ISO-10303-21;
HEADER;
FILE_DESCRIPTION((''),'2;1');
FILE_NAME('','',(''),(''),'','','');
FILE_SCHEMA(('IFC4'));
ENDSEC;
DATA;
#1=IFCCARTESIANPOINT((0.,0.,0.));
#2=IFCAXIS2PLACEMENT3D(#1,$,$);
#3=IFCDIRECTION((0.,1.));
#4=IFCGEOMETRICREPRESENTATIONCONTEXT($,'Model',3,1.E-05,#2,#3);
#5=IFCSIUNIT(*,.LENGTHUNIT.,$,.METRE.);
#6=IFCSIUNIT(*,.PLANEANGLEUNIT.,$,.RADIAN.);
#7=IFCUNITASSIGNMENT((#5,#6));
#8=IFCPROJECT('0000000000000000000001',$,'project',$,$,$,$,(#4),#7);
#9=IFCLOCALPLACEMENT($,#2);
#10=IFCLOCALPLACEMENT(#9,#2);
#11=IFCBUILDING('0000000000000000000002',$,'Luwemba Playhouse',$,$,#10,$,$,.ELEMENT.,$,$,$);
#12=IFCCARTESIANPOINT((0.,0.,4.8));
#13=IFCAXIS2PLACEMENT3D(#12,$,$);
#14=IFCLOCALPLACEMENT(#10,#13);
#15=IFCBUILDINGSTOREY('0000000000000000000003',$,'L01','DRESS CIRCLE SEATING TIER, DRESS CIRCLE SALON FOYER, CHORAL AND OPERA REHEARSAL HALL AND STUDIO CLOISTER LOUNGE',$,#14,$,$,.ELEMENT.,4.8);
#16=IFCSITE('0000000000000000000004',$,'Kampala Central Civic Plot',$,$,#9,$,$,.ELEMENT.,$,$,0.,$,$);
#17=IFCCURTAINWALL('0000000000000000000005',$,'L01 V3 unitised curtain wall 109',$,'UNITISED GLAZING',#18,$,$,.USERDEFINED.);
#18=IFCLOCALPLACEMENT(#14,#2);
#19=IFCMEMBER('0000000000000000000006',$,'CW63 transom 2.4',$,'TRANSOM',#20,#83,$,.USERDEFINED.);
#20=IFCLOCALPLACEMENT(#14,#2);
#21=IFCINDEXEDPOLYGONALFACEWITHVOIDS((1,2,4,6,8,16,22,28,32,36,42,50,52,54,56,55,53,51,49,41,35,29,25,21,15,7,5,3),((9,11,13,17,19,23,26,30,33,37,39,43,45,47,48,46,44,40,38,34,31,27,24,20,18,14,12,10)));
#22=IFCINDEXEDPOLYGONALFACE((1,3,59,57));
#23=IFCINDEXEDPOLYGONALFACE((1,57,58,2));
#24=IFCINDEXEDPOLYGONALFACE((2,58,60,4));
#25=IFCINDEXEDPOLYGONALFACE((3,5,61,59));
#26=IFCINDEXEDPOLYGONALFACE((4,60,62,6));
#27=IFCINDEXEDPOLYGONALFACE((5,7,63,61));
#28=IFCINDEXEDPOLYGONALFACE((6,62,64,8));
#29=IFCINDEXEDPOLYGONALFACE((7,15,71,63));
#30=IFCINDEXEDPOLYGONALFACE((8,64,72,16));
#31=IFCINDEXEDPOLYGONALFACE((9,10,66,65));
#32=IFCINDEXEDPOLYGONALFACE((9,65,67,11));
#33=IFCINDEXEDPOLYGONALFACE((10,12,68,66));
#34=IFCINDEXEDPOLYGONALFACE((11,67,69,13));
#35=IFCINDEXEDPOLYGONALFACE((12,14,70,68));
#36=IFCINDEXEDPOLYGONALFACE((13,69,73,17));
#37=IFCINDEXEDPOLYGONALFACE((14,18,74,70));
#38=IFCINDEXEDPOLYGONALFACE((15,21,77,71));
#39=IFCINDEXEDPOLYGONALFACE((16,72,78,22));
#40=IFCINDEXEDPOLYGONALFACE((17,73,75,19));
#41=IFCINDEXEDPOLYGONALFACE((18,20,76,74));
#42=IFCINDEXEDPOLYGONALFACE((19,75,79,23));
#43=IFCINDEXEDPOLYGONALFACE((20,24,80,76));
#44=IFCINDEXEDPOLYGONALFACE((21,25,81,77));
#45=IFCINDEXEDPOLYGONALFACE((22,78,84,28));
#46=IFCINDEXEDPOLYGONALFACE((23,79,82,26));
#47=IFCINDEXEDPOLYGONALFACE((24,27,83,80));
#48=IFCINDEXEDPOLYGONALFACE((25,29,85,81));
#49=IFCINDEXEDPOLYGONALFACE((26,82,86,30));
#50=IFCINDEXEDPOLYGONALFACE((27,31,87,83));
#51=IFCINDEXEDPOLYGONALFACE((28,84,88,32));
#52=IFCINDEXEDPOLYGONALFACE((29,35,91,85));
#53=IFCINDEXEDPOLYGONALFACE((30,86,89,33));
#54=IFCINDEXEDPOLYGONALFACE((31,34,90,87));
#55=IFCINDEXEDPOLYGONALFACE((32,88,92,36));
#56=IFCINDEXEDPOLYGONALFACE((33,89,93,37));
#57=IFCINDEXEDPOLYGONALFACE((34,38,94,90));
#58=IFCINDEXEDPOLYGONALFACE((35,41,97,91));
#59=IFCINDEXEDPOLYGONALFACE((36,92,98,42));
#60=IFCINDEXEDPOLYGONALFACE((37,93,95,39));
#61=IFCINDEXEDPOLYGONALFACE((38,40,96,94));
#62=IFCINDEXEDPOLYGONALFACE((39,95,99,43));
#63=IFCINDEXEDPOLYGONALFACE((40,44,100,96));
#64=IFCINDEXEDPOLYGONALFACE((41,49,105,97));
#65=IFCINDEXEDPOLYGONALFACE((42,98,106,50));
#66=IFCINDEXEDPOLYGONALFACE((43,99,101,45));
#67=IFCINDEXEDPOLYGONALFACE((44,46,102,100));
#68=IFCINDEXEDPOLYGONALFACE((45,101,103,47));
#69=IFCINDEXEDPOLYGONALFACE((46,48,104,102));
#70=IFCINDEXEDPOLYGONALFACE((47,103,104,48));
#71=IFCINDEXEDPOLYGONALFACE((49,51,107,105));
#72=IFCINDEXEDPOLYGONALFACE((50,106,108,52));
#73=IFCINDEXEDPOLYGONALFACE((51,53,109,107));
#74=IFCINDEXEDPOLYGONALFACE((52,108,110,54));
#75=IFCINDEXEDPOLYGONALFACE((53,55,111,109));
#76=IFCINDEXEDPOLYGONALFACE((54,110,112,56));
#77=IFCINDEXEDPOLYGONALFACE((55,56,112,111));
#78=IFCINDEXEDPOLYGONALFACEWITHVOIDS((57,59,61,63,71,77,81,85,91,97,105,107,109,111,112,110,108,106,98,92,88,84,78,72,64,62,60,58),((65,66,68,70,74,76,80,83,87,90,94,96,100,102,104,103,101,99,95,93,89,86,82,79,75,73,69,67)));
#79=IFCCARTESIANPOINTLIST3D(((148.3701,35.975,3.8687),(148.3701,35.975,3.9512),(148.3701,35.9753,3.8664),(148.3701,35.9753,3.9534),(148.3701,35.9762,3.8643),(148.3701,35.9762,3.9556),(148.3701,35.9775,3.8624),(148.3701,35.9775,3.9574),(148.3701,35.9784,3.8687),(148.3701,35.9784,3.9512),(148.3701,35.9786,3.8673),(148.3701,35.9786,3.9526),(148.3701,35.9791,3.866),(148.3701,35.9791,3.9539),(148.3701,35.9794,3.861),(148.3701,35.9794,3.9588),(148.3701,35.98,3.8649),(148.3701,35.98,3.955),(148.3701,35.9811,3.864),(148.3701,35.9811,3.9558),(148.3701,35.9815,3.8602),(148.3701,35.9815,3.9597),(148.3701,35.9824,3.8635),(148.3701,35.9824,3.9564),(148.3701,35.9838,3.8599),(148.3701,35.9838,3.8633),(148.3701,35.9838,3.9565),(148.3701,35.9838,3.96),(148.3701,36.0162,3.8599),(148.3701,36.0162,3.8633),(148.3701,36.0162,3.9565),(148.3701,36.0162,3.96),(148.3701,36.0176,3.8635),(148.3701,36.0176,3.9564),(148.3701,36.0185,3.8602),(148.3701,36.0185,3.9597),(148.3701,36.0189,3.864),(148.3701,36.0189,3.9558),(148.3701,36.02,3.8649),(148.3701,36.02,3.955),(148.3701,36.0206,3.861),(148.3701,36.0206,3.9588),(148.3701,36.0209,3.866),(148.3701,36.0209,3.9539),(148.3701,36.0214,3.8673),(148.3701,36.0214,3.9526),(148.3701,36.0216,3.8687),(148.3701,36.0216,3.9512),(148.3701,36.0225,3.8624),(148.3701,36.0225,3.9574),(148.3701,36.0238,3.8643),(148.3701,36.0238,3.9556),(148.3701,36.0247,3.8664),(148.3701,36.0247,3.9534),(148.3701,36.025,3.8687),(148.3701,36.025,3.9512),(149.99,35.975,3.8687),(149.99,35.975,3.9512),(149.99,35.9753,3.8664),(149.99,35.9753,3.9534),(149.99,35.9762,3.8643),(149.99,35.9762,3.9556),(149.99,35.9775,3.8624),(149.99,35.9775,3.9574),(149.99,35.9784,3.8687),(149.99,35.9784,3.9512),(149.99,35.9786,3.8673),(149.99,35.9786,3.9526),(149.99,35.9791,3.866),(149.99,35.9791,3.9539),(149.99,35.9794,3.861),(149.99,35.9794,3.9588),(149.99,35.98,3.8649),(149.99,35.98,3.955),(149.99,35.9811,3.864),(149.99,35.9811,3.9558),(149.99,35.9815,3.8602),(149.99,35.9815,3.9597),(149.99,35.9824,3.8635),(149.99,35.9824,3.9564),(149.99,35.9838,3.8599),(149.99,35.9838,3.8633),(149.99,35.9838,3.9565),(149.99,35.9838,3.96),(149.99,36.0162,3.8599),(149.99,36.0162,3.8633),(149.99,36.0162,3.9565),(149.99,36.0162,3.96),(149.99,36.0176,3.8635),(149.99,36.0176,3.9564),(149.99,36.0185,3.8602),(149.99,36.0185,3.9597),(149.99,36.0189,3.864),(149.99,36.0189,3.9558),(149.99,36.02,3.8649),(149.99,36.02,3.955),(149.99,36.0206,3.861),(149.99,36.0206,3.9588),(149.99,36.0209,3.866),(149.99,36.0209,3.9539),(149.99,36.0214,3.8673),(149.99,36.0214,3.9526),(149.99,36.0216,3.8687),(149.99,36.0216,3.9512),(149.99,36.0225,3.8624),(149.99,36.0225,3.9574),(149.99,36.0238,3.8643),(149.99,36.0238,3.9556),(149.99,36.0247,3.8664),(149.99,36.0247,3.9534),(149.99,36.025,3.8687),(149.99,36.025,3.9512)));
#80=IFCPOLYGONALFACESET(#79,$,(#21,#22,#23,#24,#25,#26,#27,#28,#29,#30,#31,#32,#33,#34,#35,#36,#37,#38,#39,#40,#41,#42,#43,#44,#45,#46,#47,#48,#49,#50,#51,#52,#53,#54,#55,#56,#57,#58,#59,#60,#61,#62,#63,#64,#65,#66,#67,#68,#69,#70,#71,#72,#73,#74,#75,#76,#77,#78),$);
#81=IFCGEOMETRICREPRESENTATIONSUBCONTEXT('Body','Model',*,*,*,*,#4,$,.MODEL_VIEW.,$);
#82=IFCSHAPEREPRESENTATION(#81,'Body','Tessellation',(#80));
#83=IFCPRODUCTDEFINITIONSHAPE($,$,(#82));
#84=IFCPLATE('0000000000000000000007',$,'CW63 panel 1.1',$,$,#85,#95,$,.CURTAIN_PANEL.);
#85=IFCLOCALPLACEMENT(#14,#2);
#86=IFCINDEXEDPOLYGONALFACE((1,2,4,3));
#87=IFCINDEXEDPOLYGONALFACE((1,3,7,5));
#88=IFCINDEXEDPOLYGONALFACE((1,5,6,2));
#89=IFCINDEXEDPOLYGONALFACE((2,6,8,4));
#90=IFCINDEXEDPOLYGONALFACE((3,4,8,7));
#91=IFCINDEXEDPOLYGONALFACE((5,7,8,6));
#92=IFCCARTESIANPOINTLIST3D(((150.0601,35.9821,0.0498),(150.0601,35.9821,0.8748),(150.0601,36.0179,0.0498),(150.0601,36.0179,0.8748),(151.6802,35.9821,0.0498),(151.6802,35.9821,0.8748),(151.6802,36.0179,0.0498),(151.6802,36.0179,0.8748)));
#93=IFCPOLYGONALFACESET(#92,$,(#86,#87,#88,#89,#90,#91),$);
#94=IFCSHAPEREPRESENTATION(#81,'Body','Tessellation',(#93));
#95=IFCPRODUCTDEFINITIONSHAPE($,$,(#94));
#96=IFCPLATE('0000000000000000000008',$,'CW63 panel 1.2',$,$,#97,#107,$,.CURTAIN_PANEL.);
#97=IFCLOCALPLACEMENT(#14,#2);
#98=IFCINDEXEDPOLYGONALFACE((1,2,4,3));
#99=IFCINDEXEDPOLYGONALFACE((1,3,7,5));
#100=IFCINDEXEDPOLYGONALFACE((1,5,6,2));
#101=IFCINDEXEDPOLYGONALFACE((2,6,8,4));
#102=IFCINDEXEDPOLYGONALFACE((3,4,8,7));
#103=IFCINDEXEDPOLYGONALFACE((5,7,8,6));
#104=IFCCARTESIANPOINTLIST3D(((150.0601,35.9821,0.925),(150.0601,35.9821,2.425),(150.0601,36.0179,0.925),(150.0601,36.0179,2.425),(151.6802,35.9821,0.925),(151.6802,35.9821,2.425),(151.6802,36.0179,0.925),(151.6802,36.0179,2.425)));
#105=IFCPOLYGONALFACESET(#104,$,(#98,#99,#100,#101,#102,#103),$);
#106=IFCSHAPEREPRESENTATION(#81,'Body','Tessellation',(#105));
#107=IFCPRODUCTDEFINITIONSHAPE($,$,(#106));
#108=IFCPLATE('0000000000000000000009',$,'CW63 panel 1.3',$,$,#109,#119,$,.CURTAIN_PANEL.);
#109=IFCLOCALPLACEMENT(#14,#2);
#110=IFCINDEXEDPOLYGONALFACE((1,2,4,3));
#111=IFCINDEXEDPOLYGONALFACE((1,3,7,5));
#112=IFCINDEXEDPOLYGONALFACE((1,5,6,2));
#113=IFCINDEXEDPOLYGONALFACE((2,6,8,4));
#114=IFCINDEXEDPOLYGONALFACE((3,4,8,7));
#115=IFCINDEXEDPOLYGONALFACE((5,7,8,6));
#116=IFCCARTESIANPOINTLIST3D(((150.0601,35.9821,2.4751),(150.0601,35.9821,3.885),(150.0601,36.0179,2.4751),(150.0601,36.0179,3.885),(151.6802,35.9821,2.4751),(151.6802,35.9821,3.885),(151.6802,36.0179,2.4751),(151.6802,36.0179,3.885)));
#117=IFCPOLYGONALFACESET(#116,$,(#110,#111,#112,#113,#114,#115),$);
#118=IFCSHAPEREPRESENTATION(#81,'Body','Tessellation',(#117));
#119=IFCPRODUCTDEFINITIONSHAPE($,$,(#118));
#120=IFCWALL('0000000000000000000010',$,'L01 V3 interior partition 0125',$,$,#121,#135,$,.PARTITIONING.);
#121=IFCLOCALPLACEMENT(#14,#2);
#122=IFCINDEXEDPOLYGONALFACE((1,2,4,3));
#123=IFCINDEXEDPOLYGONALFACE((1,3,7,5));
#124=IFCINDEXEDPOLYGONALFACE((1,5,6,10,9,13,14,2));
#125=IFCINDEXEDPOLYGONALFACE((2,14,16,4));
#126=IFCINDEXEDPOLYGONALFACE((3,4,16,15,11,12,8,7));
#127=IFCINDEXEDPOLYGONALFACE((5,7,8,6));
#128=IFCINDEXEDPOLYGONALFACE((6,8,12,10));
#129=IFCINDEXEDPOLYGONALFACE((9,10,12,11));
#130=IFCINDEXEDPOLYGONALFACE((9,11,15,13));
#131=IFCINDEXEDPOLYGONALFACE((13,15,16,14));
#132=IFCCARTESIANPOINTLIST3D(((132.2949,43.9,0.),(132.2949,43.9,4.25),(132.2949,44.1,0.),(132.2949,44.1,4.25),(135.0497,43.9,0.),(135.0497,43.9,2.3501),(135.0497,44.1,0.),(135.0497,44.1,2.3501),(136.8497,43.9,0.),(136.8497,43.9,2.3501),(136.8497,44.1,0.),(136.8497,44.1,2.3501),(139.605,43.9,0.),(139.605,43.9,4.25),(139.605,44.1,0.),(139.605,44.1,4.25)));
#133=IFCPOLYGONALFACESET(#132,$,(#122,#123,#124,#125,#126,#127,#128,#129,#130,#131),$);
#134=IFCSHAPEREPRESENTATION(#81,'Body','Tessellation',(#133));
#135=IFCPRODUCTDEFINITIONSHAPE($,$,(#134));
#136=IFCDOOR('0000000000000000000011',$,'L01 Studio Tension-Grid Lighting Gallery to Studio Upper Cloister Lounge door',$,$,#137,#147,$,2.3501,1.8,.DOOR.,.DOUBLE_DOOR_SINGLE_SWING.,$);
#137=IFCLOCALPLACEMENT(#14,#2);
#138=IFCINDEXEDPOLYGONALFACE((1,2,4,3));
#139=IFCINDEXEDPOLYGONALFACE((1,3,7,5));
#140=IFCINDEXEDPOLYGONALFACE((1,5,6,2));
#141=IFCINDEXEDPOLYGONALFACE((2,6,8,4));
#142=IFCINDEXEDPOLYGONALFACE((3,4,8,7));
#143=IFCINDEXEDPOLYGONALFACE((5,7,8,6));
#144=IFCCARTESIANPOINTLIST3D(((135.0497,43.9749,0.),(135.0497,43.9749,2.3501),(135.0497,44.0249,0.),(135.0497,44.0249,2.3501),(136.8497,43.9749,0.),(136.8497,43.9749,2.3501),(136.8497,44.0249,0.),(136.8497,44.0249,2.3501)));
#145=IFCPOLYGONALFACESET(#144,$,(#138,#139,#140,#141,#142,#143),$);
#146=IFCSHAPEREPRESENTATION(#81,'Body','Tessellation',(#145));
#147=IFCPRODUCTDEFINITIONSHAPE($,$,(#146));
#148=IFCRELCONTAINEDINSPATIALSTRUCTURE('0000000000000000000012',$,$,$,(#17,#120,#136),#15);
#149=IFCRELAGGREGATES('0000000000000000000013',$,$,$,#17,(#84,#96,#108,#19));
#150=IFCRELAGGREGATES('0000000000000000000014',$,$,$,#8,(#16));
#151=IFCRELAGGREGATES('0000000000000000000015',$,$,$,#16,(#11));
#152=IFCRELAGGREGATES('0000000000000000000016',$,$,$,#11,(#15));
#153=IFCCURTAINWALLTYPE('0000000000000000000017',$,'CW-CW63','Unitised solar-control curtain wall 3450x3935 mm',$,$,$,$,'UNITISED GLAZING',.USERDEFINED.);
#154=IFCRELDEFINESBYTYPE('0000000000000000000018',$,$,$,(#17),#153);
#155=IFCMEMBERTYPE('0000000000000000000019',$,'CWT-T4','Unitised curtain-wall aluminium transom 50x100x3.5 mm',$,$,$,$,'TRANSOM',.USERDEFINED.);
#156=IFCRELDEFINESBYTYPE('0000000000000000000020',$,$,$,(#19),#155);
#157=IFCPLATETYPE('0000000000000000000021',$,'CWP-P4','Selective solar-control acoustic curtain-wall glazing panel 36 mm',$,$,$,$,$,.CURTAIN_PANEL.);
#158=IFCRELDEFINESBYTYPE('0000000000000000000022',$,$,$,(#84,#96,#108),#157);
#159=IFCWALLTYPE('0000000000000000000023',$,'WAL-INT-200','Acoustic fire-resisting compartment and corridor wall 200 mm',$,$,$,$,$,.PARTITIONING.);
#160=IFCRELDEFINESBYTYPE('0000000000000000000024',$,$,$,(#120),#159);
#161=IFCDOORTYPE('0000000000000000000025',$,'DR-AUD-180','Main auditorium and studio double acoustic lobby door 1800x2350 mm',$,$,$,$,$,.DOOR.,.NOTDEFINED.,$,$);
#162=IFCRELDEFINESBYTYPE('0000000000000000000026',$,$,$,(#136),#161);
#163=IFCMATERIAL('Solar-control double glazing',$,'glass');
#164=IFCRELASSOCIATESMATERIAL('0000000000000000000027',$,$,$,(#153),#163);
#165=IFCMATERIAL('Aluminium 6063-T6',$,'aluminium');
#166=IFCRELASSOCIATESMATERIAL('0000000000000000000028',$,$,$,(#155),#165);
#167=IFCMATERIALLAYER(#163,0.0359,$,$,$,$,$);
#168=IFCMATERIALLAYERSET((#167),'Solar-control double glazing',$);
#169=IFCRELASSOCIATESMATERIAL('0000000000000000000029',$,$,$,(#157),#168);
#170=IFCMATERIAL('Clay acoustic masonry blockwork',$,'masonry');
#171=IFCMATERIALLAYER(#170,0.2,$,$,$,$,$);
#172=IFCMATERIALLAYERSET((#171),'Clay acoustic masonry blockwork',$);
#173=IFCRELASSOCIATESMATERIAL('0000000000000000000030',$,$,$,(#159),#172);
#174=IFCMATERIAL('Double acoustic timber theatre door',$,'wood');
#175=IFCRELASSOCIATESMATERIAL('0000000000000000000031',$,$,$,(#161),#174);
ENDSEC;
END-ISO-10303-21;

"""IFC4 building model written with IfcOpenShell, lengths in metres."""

from ifc_helpers import new_model, si_unit, direction, frame, frame_2d, origin, origin_2d, place, context, subcontext, project, spatial, rectangle, hollow_rectangle, extrude, material, layer, layer_set, material_profile, profile_set, type_object, element, fill, aggregate, save


model = new_model("IFC4")

# Units and contexts
model_context = context("Model", 3, precision=1e-05, world=origin(), true_north=direction((0.0, 1.0)))
body_context = subcontext(model_context, "Body", "Model", "MODEL_VIEW")
ifc_project = project(units=[si_unit("LENGTHUNIT", "METRE"), si_unit("PLANEANGLEUNIT", "RADIAN")], contexts=[model_context])

# Site, building, storey
site_placement = place(None, origin())
site = spatial("IfcSite", under=ifc_project, at=site_placement, Name="Kampala Central Civic Plot", CompositionType="ELEMENT", RefElevation=0.0)
building_placement = place(site_placement, origin())
building = spatial("IfcBuilding", under=site, at=building_placement, Name="Luwemba Playhouse", CompositionType="ELEMENT")
storey_placement = place(building_placement, frame((0.0, 0.0, 4.8)))
storey = spatial("IfcBuildingStorey", under=building, at=storey_placement, Name="L01", Description="DRESS CIRCLE SEATING TIER, DRESS CIRCLE SALON FOYER, CHORAL AND OPERA REHEARSAL HALL AND STUDIO CLOISTER LOUNGE", CompositionType="ELEMENT", Elevation=4.8)

# Curtain wall, member, plates
ifc_material_1 = material(Name="Solar-control double glazing", Category="glass")
curtain_wall_type = type_object("IfcCurtainWallType", Name="CW-CW63", Description="Unitised solar-control curtain wall 3450x3935 mm", ElementType="UNITISED GLAZING", PredefinedType="USERDEFINED", material=ifc_material_1)
curtain_wall_placement = place(storey_placement, origin())
curtain_wall = element("IfcCurtainWall", 1, at=curtain_wall_placement, inside=storey, type_object=curtain_wall_type, Name="L01 V3 unitised curtain wall 109", ObjectType="UNITISED GLAZING", PredefinedType="USERDEFINED")
ifc_material_2 = material(Name="Aluminium 6063-T6", Category="aluminium")
ifc_material_profile_1 = material_profile(ifc_material_2, hollow_rectangle(XDim=0.05, YDim=0.1001, WallThickness=0.0034, InnerFilletRadius=0.0054, OuterFilletRadius=0.0088, at=origin_2d()))
ifc_profile_set_1 = profile_set([ifc_material_profile_1], Name="Aluminium 6063-T6")
member_type_1 = type_object("IfcMemberType", Name="CWT-T4", Description="Unitised curtain-wall aluminium transom 50x100x3.5 mm", ElementType="TRANSOM", PredefinedType="USERDEFINED", material=ifc_profile_set_1)
member_1_placement = place(storey_placement, frame((149.99, 36.0, 3.9099), z_axis=(-1.0, 0.0, 0.0), x_axis=(0.0, -1.0, 0.0)))
member_1 = element("IfcMember", 2, at=member_1_placement, type_object=member_type_1, Name="CW63 transom 2.4", ObjectType="TRANSOM", PredefinedType="USERDEFINED", context=body_context, shape_type="SweptSolid", body=[
    extrude(hollow_rectangle(XDim=0.05, YDim=0.1001, WallThickness=0.0034, InnerFilletRadius=0.0054, OuterFilletRadius=0.0088, at=origin_2d()), origin(), (0.0, 0.0, 1.0), 1.6199),
])
ifc_layer_1 = layer(ifc_material_1, 0.0359)
ifc_layer_set_1 = layer_set([ifc_layer_1], Name="Solar-control double glazing")
plate_type = type_object("IfcPlateType", Name="CWP-P4", Description="Selective solar-control acoustic curtain-wall glazing panel 36 mm", PredefinedType="CURTAIN_PANEL", material=ifc_layer_set_1)
plate_1_placement = place(storey_placement, frame((150.8701, 36.0, 0.0498), z_axis=(0.0, 0.0, 1.0), x_axis=(-1.0, 0.0, 0.0)))
plate_1 = element("IfcPlate", 3, at=plate_1_placement, type_object=plate_type, Name="CW63 panel 1.1", PredefinedType="CURTAIN_PANEL", context=body_context, shape_type="SweptSolid", body=[
    extrude(rectangle(XDim=1.6201, YDim=0.0359, at=origin_2d()), origin(), (0.0, 0.0, 1.0), 0.825),
])
plate_2_placement = place(storey_placement, frame((150.8701, 36.0, 0.925), z_axis=(0.0, 0.0, 1.0), x_axis=(-1.0, 0.0, 0.0)))
plate_2 = element("IfcPlate", 4, at=plate_2_placement, type_object=plate_type, Name="CW63 panel 1.2", PredefinedType="CURTAIN_PANEL", context=body_context, shape_type="SweptSolid", body=[
    extrude(rectangle(XDim=1.6201, YDim=0.0359, at=origin_2d()), origin(), (0.0, 0.0, 1.0), 1.5),
])
plate_3_placement = place(storey_placement, frame((150.8701, 36.0, 2.4751), z_axis=(0.0, 0.0, 1.0), x_axis=(-1.0, 0.0, 0.0)))
plate_3 = element("IfcPlate", 5, at=plate_3_placement, type_object=plate_type, Name="CW63 panel 1.3", PredefinedType="CURTAIN_PANEL", context=body_context, shape_type="SweptSolid", body=[
    extrude(rectangle(XDim=1.6201, YDim=0.0359, at=origin_2d()), origin(), (0.0, 0.0, 1.0), 1.4099),
])
aggregate(curtain_wall, [plate_1, plate_2, plate_3, member_1])

# Wall, opening, door
ifc_material_3 = material(Name="Clay acoustic masonry blockwork", Category="masonry")
ifc_layer_2 = layer(ifc_material_3, 0.2)
ifc_layer_set_2 = layer_set([ifc_layer_2], Name="Clay acoustic masonry blockwork")
wall_type = type_object("IfcWallType", Name="WAL-INT-200", Description="Acoustic fire-resisting compartment and corridor wall 200 mm", PredefinedType="PARTITIONING", material=ifc_layer_set_2)
wall_placement = place(storey_placement, frame((132.2949, 44.0, 0.0), z_axis=(0.0, 0.0, 1.0), x_axis=(1.0, 0.0, 0.0)))
wall = element("IfcWall", 6, at=wall_placement, inside=storey, type_object=wall_type, Name="L01 V3 interior partition 0125", PredefinedType="PARTITIONING", context=body_context, shape_type="SweptSolid", body=[
    extrude(rectangle(XDim=7.3101, YDim=0.2, at=frame_2d((3.655, 0.0))), origin(), (0.0, 0.0, 1.0), 4.25),
])
opening_placement = place(wall_placement, frame((2.7549, 0.0, 0.0)))
opening = element("IfcOpeningElement", 7, at=opening_placement, cuts=wall, PredefinedType="OPENING", context=body_context, shape_type="SweptSolid", body=[
    extrude(rectangle(XDim=1.8, YDim=2.3501, at=frame_2d((0.8999, 1.175))), frame((0.0, 0.1099, 0.0), z_axis=(0.0, -1.0, 0.0), x_axis=(1.0, 0.0, 0.0)), (0.0, 0.0, 1.0), 0.22),
])
ifc_material_4 = material(Name="Double acoustic timber theatre door", Category="wood")
door_type = type_object("IfcDoorType", Name="DR-AUD-180", Description="Main auditorium and studio double acoustic lobby door 1800x2350 mm", OperationType="NOTDEFINED", PredefinedType="DOOR", material=ifc_material_4)
door_placement = place(opening_placement, origin())
door = element("IfcDoor", 8, at=door_placement, inside=storey, type_object=door_type, Name="L01 Studio Tension-Grid Lighting Gallery to Studio Upper Cloister Lounge door", OperationType="DOUBLE_DOOR_SINGLE_SWING", OverallHeight=2.3501, OverallWidth=1.8, PredefinedType="DOOR", context=body_context, shape_type="SweptSolid", body=[
    extrude(rectangle(XDim=1.8, YDim=2.3501, at=frame_2d((0.8999, 1.175))), frame((0.0, 0.0249, 0.0), z_axis=(0.0, -1.0, 0.0), x_axis=(1.0, 0.0, 0.0)), (0.0, 0.0, 1.0), 0.05),
])
fill(opening, door)

save(model, "model.ifc")
